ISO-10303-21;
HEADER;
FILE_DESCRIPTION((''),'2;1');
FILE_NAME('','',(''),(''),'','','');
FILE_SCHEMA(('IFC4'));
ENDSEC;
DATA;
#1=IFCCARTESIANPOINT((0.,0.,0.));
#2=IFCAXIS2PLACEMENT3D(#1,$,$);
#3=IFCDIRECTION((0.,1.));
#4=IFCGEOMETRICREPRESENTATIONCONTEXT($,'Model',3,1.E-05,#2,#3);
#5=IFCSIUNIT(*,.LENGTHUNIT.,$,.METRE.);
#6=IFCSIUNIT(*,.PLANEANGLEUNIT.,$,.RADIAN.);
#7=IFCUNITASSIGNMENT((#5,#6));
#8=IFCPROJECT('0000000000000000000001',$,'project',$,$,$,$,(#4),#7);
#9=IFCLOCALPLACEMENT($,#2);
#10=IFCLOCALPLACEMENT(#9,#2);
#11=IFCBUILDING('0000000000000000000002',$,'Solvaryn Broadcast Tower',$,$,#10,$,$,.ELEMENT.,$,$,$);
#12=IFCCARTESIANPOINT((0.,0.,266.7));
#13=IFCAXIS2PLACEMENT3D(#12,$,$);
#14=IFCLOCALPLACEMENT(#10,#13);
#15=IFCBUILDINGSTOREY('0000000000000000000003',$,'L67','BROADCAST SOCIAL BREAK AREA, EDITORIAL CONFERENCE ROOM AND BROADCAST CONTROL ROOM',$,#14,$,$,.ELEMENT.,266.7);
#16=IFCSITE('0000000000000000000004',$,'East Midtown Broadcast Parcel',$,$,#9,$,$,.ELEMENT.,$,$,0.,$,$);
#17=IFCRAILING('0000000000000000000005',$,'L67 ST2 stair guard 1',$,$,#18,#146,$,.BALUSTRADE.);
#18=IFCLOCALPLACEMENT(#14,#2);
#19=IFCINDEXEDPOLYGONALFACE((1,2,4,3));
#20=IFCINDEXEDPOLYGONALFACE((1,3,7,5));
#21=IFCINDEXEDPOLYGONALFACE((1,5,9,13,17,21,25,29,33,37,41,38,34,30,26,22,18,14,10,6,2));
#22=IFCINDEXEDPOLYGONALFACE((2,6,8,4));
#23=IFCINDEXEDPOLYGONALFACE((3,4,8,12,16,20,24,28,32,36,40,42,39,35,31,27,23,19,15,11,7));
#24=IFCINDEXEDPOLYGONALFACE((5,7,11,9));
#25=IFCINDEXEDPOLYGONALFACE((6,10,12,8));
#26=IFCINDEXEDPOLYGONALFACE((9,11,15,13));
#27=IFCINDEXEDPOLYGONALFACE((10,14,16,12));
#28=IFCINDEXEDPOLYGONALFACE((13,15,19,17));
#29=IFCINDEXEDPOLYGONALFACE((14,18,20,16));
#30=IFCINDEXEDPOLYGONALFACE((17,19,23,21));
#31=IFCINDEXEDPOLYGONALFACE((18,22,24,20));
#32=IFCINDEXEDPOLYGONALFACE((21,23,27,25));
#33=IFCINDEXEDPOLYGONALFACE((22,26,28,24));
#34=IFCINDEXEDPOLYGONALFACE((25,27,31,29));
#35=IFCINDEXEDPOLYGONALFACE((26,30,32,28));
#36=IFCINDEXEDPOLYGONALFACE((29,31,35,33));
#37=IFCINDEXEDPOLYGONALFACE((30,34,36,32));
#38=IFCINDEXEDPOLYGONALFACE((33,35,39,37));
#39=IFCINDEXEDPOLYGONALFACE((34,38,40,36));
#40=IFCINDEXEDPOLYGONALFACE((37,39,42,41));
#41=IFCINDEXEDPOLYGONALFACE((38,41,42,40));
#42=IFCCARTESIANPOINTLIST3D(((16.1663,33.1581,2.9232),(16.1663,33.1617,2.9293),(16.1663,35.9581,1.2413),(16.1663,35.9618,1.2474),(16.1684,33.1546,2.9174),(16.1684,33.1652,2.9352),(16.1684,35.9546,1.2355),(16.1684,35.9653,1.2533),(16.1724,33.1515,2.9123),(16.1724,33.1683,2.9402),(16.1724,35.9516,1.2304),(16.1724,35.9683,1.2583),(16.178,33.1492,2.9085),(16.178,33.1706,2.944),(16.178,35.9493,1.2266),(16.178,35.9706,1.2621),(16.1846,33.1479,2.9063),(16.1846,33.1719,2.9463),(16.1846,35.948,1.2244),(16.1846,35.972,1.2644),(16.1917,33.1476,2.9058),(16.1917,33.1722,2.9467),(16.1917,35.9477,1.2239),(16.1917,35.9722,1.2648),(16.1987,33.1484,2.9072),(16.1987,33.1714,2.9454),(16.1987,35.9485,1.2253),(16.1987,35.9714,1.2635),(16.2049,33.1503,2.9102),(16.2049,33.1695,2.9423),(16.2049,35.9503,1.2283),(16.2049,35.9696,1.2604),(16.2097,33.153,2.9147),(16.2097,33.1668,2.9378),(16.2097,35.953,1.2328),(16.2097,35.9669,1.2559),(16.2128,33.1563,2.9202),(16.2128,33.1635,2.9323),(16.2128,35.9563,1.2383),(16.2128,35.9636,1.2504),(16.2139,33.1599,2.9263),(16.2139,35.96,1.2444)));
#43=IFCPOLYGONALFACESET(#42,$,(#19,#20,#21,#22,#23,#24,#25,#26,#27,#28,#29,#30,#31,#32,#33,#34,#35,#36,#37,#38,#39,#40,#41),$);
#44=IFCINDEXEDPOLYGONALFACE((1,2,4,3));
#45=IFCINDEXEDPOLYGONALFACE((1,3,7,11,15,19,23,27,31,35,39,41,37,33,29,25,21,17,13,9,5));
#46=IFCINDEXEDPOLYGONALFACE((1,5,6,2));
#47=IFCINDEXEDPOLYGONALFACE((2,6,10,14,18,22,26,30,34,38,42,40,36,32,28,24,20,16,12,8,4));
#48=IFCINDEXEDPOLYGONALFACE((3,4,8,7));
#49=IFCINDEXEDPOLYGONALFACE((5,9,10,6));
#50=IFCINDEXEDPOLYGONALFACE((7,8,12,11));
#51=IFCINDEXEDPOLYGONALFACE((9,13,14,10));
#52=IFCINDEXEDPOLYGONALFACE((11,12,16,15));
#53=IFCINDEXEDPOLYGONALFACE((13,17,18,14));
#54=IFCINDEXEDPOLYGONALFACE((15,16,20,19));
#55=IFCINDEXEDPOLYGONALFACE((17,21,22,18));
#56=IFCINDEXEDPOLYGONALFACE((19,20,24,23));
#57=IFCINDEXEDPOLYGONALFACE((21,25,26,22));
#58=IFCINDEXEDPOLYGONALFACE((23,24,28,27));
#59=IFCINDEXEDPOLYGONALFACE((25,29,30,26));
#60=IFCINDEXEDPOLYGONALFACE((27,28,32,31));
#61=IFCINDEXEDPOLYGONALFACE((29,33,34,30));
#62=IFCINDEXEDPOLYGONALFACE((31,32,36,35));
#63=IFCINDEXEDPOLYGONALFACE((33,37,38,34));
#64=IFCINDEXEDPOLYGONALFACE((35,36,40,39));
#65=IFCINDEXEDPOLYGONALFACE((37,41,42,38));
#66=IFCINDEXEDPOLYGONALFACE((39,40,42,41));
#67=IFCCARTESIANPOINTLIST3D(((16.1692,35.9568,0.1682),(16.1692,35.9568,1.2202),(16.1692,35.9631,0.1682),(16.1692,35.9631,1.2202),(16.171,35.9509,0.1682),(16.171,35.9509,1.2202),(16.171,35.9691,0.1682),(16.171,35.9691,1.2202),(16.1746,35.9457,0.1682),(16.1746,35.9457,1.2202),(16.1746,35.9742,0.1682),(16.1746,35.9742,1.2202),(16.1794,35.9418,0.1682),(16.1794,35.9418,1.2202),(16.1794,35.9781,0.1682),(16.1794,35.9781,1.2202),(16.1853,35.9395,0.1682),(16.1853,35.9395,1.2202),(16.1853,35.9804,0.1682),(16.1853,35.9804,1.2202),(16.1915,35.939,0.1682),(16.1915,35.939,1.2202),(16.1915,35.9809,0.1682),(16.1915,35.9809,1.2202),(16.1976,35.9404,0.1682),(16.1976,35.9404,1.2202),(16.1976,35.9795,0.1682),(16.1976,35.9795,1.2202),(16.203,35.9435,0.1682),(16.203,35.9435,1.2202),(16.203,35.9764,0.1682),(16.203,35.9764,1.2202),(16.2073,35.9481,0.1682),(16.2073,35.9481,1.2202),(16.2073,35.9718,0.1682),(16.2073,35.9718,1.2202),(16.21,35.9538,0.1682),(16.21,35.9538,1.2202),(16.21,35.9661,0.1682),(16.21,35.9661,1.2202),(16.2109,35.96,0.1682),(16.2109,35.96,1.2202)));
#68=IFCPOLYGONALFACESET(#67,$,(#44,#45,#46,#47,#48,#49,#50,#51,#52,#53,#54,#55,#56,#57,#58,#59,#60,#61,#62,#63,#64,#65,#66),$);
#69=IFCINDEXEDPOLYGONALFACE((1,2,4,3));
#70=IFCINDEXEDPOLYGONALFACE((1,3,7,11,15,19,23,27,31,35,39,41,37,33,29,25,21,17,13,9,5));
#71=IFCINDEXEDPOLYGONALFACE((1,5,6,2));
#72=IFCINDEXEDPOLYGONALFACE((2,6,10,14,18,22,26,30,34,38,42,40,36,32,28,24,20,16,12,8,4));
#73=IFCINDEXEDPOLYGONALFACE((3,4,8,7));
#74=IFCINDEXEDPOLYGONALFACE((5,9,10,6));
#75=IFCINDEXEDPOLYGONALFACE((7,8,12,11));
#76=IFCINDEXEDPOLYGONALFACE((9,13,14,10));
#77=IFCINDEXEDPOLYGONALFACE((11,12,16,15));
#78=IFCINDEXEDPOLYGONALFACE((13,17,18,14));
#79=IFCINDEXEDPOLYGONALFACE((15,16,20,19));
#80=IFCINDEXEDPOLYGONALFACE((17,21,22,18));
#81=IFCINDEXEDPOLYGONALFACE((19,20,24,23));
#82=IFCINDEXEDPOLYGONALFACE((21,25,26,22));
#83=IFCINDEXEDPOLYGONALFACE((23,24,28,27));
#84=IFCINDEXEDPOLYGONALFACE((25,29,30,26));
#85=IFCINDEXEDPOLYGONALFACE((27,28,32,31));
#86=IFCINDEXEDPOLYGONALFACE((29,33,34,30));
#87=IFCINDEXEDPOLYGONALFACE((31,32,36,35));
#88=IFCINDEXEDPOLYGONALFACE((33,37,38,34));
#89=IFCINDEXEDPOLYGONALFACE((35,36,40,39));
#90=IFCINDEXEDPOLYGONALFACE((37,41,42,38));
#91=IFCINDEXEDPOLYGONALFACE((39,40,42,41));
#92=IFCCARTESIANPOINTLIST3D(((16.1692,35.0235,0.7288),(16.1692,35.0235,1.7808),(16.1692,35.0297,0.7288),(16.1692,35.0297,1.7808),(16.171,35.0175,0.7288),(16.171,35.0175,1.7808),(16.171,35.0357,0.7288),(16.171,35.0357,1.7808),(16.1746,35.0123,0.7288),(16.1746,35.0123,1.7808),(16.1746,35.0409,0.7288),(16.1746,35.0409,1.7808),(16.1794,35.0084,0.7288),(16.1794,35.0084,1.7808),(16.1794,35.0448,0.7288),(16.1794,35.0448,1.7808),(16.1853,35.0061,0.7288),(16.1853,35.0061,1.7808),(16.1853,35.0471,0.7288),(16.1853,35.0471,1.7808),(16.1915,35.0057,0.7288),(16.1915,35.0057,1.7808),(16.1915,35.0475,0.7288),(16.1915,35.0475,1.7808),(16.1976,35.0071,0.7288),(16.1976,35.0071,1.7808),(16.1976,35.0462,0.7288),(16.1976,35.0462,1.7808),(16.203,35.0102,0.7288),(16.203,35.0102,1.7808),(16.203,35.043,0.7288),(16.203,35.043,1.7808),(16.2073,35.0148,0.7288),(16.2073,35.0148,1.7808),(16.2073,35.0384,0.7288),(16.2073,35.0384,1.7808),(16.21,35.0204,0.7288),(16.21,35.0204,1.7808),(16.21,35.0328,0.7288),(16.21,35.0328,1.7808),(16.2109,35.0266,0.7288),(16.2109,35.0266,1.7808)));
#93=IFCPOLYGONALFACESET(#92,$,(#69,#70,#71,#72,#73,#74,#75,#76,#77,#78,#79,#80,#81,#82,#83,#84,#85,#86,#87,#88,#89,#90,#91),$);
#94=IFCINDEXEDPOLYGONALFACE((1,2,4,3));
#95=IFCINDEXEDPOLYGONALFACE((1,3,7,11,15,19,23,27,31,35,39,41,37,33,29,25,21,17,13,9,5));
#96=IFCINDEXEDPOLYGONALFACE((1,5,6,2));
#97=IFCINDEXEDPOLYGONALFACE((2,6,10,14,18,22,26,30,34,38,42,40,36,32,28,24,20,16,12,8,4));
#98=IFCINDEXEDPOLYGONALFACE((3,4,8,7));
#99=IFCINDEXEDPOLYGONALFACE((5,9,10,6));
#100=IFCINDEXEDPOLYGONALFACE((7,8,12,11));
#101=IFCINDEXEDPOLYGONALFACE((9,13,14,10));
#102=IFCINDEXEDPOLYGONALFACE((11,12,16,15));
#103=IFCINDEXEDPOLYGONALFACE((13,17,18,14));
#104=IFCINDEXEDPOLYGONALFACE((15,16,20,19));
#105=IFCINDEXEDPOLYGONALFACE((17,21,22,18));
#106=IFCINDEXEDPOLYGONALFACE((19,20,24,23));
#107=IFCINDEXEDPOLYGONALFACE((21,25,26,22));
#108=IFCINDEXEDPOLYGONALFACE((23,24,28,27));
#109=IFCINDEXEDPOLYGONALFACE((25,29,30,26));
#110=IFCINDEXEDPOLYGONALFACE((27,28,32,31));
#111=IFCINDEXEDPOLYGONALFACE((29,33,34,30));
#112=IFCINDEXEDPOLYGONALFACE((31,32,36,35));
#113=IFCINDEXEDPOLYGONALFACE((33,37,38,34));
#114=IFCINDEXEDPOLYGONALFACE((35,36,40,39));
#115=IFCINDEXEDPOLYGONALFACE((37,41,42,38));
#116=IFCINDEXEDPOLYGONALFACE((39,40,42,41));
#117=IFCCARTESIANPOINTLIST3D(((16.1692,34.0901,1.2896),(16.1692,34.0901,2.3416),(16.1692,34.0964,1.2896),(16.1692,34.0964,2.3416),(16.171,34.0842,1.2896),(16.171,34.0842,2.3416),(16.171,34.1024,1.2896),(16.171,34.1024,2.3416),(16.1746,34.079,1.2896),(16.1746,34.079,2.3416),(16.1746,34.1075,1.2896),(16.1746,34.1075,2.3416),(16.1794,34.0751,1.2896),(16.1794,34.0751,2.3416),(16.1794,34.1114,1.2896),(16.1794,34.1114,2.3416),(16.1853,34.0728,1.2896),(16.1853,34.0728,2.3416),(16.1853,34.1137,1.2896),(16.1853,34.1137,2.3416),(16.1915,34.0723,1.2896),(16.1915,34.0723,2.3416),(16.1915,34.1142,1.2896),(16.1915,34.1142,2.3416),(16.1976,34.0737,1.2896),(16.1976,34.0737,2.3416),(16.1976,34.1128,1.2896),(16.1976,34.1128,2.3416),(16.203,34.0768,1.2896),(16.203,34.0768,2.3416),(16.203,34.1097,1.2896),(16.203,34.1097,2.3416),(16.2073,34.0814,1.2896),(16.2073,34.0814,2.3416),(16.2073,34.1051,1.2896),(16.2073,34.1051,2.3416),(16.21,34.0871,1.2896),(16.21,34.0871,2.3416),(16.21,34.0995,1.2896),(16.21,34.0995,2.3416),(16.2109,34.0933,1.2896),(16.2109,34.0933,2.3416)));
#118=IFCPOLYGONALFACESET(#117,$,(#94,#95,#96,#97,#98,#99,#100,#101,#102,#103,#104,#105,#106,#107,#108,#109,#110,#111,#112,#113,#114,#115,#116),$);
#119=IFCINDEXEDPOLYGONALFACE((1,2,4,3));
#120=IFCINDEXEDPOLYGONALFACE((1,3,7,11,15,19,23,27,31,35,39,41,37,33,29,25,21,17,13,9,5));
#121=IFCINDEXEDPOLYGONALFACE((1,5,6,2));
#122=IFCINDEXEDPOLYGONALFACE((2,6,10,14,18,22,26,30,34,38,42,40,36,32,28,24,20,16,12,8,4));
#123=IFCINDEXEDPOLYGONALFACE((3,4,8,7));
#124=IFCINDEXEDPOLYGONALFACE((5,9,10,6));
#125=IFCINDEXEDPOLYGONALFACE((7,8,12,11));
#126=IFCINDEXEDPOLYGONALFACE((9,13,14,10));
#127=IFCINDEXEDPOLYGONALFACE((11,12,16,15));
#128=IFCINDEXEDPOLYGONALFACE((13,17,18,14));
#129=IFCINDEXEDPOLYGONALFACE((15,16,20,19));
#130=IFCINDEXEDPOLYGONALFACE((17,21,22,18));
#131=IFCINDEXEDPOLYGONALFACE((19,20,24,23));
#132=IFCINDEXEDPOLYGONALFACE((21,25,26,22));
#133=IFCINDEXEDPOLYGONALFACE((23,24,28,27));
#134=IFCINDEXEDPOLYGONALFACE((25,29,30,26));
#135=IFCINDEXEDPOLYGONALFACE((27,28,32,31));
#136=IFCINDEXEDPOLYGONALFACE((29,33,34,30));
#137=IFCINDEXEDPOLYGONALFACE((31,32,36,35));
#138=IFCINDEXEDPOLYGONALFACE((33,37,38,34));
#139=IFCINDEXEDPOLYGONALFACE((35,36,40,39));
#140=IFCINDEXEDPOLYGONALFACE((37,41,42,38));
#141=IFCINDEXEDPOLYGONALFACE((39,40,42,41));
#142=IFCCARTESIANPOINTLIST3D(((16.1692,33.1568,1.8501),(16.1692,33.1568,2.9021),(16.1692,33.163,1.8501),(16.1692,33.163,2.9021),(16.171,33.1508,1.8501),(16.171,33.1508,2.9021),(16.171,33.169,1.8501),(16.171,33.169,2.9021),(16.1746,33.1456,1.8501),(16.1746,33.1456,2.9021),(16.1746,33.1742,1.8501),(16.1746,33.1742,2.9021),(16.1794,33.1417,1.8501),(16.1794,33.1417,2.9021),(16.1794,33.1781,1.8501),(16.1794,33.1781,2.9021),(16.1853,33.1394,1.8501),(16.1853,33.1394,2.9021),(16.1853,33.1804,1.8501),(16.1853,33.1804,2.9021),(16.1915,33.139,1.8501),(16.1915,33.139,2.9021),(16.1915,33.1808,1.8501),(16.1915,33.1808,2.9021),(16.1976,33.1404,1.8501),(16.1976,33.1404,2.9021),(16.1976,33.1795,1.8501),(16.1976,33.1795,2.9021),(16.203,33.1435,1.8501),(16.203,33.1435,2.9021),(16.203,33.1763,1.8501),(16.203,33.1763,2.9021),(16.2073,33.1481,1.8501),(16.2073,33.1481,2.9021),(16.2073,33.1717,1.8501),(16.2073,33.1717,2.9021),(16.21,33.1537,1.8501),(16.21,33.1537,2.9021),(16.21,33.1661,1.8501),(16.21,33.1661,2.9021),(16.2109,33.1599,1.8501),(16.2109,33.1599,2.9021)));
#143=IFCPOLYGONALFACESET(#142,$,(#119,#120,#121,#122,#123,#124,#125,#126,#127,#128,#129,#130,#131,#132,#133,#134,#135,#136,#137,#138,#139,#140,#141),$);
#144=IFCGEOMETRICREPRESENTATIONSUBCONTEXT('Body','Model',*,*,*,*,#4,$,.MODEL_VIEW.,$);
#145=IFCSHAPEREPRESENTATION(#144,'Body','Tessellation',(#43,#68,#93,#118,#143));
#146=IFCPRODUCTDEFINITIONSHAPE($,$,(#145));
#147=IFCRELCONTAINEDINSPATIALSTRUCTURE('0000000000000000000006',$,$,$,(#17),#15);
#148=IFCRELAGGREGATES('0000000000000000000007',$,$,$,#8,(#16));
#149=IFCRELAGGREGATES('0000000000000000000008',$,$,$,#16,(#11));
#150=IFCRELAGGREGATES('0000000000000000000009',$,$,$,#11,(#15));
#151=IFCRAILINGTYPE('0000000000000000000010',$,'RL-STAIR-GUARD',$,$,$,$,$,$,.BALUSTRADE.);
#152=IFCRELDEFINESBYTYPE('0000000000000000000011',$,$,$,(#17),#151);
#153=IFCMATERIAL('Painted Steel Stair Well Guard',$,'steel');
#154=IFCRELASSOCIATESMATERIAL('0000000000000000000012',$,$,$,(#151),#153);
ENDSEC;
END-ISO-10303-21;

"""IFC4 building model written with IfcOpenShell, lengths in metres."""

from ifc_helpers import new_model, si_unit, direction, frame, origin, origin_2d, place, context, subcontext, project, spatial, circle, extrude, material, type_object, element, save


model = new_model("IFC4")

# Units and contexts
model_context = context("Model", 3, precision=1e-05, world=origin(), true_north=direction((0.0, 1.0)))
body_context = subcontext(model_context, "Body", "Model", "MODEL_VIEW")
ifc_project = project(units=[si_unit("LENGTHUNIT", "METRE"), si_unit("PLANEANGLEUNIT", "RADIAN")], contexts=[model_context])

# Site, building, storey
site_placement = place(None, origin())
site = spatial("IfcSite", under=ifc_project, at=site_placement, Name="East Midtown Broadcast Parcel", CompositionType="ELEMENT", RefElevation=0.0)
building_placement = place(site_placement, origin())
building = spatial("IfcBuilding", under=site, at=building_placement, Name="Solvaryn Broadcast Tower", CompositionType="ELEMENT")
storey_placement = place(building_placement, frame((0.0, 0.0, 266.7)))
storey = spatial("IfcBuildingStorey", under=building, at=storey_placement, Name="L67", Description="BROADCAST SOCIAL BREAK AREA, EDITORIAL CONFERENCE ROOM AND BROADCAST CONTROL ROOM", CompositionType="ELEMENT", Elevation=266.7)

# Railing
ifc_material_1 = material(Name="Painted Steel Stair Well Guard", Category="steel")
railing_type_1 = type_object("IfcRailingType", Name="RL-STAIR-GUARD", PredefinedType="BALUSTRADE", material=ifc_material_1)
railing_1_placement = place(storey_placement, frame((16.1899, 35.96, 0.1682)))
element("IfcRailing", 1, at=railing_1_placement, inside=storey, type_object=railing_type_1, Name="L67 ST2 stair guard 1", PredefinedType="BALUSTRADE", context=body_context, shape_type="SweptSolid", body=[
    extrude(circle(Radius=0.0239, at=origin_2d()), frame((0.0, 0.0, 1.0762), z_axis=(0.0, -0.857242, 0.514913), x_axis=(1.0, 0.0, 0.0)), (0.0, 0.0, 1.0), 3.2664),
    extrude(circle(Radius=0.021, at=origin_2d()), origin(), (0.0, 0.0, 1.0), 1.052),
    extrude(circle(Radius=0.021, at=origin_2d()), frame((0.0, -0.9333, 0.5605)), (0.0, 0.0, 1.0), 1.052),
    extrude(circle(Radius=0.021, at=origin_2d()), frame((0.0, -1.8667, 1.1213)), (0.0, 0.0, 1.0), 1.052),
    extrude(circle(Radius=0.021, at=origin_2d()), frame((0.0, -2.8, 1.6819)), (0.0, 0.0, 1.0), 1.052),
])

save(model, "model.ifc")
